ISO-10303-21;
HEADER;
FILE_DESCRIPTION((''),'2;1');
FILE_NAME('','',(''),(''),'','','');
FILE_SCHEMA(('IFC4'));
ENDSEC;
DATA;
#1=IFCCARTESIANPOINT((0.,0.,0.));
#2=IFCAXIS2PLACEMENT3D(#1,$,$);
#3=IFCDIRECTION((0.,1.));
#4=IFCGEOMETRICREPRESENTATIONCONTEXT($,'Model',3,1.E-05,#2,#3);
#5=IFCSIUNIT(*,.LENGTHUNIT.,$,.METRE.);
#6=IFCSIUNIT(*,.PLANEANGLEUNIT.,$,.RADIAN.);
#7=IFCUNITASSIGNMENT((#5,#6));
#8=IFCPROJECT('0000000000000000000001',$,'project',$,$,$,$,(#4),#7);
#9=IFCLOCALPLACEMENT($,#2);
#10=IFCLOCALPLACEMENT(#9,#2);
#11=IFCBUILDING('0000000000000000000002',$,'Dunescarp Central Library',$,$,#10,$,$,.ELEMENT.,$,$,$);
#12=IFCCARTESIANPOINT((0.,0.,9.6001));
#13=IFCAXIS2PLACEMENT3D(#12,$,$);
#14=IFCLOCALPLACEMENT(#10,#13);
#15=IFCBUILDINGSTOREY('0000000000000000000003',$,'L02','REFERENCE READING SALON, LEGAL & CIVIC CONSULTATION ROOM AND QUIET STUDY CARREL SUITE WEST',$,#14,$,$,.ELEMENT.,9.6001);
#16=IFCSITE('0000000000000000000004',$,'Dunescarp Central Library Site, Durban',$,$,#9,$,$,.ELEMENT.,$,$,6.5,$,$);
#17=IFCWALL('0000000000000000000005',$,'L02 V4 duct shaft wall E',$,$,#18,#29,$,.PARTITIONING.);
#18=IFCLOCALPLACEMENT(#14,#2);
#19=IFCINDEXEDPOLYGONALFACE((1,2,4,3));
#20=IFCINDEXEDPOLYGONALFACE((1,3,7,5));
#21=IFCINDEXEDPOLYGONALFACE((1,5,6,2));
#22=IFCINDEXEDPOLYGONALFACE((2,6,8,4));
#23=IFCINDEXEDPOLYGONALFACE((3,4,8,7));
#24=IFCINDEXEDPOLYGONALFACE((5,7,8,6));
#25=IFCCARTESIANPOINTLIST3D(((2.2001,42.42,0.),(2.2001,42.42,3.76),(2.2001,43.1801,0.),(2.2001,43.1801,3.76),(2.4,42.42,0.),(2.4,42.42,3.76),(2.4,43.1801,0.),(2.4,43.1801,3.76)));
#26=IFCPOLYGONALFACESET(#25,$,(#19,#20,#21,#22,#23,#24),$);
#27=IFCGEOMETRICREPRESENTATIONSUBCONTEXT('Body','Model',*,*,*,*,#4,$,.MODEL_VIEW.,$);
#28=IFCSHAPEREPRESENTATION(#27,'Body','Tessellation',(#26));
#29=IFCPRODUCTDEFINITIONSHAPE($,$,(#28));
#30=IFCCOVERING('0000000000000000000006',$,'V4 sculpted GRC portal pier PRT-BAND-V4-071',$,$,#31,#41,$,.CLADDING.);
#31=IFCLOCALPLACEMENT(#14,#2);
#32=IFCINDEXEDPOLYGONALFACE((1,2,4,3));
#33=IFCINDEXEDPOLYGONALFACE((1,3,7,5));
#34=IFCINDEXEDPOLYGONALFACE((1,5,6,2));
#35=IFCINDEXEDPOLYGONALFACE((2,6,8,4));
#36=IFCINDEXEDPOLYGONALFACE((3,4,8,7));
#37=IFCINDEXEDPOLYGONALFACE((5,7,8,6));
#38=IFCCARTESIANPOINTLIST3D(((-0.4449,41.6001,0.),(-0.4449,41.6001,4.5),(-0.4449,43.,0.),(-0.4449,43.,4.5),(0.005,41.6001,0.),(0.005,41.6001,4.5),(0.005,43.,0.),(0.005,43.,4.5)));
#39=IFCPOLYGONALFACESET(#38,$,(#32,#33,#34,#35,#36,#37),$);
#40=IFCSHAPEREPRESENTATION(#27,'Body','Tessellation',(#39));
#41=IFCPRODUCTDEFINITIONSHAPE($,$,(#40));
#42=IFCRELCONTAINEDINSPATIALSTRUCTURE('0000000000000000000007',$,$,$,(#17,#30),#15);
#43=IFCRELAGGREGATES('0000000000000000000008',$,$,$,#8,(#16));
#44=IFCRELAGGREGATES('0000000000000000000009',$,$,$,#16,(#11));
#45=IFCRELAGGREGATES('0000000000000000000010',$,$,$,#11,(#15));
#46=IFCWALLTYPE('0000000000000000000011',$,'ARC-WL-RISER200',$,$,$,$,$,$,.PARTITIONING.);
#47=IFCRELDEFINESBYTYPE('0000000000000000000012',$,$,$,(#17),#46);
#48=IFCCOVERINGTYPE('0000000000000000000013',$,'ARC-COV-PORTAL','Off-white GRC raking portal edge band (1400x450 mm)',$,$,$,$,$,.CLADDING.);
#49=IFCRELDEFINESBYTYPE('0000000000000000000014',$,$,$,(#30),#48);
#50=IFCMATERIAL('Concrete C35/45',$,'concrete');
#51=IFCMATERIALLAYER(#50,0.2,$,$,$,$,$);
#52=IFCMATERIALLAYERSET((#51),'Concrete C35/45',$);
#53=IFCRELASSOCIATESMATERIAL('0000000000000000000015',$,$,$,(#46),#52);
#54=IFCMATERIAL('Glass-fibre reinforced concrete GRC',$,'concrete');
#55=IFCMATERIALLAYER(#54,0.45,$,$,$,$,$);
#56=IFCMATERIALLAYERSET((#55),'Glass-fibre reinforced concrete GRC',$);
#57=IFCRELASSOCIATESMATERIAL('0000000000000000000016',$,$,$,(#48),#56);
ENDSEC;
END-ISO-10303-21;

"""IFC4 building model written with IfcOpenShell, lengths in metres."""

from ifc_helpers import new_model, si_unit, direction, frame, frame_2d, origin, origin_2d, place, context, subcontext, project, spatial, rectangle, extrude, material, layer, layer_set, type_object, element, save


model = new_model("IFC4")

# Units and contexts
model_context = context("Model", 3, precision=1e-05, world=origin(), true_north=direction((0.0, 1.0)))
body_context = subcontext(model_context, "Body", "Model", "MODEL_VIEW")
ifc_project = project(units=[si_unit("LENGTHUNIT", "METRE"), si_unit("PLANEANGLEUNIT", "RADIAN")], contexts=[model_context])

# Site, building, storey
site_placement = place(None, origin())
site = spatial("IfcSite", under=ifc_project, at=site_placement, Name="Dunescarp Central Library Site, Durban", CompositionType="ELEMENT", RefElevation=6.5)
building_placement = place(site_placement, origin())
building = spatial("IfcBuilding", under=site, at=building_placement, Name="Dunescarp Central Library", CompositionType="ELEMENT")
storey_placement = place(building_placement, frame((0.0, 0.0, 9.6001)))
storey = spatial("IfcBuildingStorey", under=building, at=storey_placement, Name="L02", Description="REFERENCE READING SALON, LEGAL & CIVIC CONSULTATION ROOM AND QUIET STUDY CARREL SUITE WEST", CompositionType="ELEMENT", Elevation=9.6001)

# Shared definitions
ifc_material_1 = material(Name="Concrete C35/45", Category="concrete")

# Shared definitions
ifc_material_2 = material(Name="Glass-fibre reinforced concrete GRC", Category="concrete")

# Wall
ifc_layer_1 = layer(ifc_material_1, 0.2)
ifc_layer_set_1 = layer_set([ifc_layer_1], Name="Concrete C35/45")
wall_type_1 = type_object("IfcWallType", Name="ARC-WL-RISER200", PredefinedType="PARTITIONING", material=ifc_layer_set_1)
for number, where, z_axis, x_axis, name in (
    (1, (2.3, 43.1799, 0.0), (0.0, 0.0, 1.0), (0.0, -1.0, 0.0), "L02 V4 duct shaft wall E"),
):
    element("IfcWall", number, at=place(storey_placement, frame(where, z_axis=z_axis, x_axis=x_axis)), inside=storey, type_object=wall_type_1, Name=name, PredefinedType="PARTITIONING", context=body_context, shape_type="SweptSolid", body=[
        extrude(rectangle(XDim=0.76, YDim=0.2, at=frame_2d((0.3799, 0.0))), origin(), (0.0, 0.0, 1.0), 3.76),
    ])

# Covering
ifc_layer_2 = layer(ifc_material_2, 0.45)
ifc_layer_set_2 = layer_set([ifc_layer_2], Name="Glass-fibre reinforced concrete GRC")
covering_type = type_object("IfcCoveringType", Name="ARC-COV-PORTAL", Description="Off-white GRC raking portal edge band (1400x450 mm)", PredefinedType="CLADDING", material=ifc_layer_set_2)
covering_placement = place(storey_placement, frame((-0.22, 42.3, 0.0), z_axis=(0.0, 0.0, 1.0), x_axis=(1.0, 0.0, 0.0)))
element("IfcCovering", 2, at=covering_placement, inside=storey, type_object=covering_type, Name="V4 sculpted GRC portal pier PRT-BAND-V4-071", PredefinedType="CLADDING", context=body_context, shape_type="SweptSolid", body=[
    extrude(rectangle(XDim=0.45, YDim=1.3999, at=origin_2d()), origin(), (0.0, 0.0, 1.0), 4.5),
])

save(model, "model.ifc")
